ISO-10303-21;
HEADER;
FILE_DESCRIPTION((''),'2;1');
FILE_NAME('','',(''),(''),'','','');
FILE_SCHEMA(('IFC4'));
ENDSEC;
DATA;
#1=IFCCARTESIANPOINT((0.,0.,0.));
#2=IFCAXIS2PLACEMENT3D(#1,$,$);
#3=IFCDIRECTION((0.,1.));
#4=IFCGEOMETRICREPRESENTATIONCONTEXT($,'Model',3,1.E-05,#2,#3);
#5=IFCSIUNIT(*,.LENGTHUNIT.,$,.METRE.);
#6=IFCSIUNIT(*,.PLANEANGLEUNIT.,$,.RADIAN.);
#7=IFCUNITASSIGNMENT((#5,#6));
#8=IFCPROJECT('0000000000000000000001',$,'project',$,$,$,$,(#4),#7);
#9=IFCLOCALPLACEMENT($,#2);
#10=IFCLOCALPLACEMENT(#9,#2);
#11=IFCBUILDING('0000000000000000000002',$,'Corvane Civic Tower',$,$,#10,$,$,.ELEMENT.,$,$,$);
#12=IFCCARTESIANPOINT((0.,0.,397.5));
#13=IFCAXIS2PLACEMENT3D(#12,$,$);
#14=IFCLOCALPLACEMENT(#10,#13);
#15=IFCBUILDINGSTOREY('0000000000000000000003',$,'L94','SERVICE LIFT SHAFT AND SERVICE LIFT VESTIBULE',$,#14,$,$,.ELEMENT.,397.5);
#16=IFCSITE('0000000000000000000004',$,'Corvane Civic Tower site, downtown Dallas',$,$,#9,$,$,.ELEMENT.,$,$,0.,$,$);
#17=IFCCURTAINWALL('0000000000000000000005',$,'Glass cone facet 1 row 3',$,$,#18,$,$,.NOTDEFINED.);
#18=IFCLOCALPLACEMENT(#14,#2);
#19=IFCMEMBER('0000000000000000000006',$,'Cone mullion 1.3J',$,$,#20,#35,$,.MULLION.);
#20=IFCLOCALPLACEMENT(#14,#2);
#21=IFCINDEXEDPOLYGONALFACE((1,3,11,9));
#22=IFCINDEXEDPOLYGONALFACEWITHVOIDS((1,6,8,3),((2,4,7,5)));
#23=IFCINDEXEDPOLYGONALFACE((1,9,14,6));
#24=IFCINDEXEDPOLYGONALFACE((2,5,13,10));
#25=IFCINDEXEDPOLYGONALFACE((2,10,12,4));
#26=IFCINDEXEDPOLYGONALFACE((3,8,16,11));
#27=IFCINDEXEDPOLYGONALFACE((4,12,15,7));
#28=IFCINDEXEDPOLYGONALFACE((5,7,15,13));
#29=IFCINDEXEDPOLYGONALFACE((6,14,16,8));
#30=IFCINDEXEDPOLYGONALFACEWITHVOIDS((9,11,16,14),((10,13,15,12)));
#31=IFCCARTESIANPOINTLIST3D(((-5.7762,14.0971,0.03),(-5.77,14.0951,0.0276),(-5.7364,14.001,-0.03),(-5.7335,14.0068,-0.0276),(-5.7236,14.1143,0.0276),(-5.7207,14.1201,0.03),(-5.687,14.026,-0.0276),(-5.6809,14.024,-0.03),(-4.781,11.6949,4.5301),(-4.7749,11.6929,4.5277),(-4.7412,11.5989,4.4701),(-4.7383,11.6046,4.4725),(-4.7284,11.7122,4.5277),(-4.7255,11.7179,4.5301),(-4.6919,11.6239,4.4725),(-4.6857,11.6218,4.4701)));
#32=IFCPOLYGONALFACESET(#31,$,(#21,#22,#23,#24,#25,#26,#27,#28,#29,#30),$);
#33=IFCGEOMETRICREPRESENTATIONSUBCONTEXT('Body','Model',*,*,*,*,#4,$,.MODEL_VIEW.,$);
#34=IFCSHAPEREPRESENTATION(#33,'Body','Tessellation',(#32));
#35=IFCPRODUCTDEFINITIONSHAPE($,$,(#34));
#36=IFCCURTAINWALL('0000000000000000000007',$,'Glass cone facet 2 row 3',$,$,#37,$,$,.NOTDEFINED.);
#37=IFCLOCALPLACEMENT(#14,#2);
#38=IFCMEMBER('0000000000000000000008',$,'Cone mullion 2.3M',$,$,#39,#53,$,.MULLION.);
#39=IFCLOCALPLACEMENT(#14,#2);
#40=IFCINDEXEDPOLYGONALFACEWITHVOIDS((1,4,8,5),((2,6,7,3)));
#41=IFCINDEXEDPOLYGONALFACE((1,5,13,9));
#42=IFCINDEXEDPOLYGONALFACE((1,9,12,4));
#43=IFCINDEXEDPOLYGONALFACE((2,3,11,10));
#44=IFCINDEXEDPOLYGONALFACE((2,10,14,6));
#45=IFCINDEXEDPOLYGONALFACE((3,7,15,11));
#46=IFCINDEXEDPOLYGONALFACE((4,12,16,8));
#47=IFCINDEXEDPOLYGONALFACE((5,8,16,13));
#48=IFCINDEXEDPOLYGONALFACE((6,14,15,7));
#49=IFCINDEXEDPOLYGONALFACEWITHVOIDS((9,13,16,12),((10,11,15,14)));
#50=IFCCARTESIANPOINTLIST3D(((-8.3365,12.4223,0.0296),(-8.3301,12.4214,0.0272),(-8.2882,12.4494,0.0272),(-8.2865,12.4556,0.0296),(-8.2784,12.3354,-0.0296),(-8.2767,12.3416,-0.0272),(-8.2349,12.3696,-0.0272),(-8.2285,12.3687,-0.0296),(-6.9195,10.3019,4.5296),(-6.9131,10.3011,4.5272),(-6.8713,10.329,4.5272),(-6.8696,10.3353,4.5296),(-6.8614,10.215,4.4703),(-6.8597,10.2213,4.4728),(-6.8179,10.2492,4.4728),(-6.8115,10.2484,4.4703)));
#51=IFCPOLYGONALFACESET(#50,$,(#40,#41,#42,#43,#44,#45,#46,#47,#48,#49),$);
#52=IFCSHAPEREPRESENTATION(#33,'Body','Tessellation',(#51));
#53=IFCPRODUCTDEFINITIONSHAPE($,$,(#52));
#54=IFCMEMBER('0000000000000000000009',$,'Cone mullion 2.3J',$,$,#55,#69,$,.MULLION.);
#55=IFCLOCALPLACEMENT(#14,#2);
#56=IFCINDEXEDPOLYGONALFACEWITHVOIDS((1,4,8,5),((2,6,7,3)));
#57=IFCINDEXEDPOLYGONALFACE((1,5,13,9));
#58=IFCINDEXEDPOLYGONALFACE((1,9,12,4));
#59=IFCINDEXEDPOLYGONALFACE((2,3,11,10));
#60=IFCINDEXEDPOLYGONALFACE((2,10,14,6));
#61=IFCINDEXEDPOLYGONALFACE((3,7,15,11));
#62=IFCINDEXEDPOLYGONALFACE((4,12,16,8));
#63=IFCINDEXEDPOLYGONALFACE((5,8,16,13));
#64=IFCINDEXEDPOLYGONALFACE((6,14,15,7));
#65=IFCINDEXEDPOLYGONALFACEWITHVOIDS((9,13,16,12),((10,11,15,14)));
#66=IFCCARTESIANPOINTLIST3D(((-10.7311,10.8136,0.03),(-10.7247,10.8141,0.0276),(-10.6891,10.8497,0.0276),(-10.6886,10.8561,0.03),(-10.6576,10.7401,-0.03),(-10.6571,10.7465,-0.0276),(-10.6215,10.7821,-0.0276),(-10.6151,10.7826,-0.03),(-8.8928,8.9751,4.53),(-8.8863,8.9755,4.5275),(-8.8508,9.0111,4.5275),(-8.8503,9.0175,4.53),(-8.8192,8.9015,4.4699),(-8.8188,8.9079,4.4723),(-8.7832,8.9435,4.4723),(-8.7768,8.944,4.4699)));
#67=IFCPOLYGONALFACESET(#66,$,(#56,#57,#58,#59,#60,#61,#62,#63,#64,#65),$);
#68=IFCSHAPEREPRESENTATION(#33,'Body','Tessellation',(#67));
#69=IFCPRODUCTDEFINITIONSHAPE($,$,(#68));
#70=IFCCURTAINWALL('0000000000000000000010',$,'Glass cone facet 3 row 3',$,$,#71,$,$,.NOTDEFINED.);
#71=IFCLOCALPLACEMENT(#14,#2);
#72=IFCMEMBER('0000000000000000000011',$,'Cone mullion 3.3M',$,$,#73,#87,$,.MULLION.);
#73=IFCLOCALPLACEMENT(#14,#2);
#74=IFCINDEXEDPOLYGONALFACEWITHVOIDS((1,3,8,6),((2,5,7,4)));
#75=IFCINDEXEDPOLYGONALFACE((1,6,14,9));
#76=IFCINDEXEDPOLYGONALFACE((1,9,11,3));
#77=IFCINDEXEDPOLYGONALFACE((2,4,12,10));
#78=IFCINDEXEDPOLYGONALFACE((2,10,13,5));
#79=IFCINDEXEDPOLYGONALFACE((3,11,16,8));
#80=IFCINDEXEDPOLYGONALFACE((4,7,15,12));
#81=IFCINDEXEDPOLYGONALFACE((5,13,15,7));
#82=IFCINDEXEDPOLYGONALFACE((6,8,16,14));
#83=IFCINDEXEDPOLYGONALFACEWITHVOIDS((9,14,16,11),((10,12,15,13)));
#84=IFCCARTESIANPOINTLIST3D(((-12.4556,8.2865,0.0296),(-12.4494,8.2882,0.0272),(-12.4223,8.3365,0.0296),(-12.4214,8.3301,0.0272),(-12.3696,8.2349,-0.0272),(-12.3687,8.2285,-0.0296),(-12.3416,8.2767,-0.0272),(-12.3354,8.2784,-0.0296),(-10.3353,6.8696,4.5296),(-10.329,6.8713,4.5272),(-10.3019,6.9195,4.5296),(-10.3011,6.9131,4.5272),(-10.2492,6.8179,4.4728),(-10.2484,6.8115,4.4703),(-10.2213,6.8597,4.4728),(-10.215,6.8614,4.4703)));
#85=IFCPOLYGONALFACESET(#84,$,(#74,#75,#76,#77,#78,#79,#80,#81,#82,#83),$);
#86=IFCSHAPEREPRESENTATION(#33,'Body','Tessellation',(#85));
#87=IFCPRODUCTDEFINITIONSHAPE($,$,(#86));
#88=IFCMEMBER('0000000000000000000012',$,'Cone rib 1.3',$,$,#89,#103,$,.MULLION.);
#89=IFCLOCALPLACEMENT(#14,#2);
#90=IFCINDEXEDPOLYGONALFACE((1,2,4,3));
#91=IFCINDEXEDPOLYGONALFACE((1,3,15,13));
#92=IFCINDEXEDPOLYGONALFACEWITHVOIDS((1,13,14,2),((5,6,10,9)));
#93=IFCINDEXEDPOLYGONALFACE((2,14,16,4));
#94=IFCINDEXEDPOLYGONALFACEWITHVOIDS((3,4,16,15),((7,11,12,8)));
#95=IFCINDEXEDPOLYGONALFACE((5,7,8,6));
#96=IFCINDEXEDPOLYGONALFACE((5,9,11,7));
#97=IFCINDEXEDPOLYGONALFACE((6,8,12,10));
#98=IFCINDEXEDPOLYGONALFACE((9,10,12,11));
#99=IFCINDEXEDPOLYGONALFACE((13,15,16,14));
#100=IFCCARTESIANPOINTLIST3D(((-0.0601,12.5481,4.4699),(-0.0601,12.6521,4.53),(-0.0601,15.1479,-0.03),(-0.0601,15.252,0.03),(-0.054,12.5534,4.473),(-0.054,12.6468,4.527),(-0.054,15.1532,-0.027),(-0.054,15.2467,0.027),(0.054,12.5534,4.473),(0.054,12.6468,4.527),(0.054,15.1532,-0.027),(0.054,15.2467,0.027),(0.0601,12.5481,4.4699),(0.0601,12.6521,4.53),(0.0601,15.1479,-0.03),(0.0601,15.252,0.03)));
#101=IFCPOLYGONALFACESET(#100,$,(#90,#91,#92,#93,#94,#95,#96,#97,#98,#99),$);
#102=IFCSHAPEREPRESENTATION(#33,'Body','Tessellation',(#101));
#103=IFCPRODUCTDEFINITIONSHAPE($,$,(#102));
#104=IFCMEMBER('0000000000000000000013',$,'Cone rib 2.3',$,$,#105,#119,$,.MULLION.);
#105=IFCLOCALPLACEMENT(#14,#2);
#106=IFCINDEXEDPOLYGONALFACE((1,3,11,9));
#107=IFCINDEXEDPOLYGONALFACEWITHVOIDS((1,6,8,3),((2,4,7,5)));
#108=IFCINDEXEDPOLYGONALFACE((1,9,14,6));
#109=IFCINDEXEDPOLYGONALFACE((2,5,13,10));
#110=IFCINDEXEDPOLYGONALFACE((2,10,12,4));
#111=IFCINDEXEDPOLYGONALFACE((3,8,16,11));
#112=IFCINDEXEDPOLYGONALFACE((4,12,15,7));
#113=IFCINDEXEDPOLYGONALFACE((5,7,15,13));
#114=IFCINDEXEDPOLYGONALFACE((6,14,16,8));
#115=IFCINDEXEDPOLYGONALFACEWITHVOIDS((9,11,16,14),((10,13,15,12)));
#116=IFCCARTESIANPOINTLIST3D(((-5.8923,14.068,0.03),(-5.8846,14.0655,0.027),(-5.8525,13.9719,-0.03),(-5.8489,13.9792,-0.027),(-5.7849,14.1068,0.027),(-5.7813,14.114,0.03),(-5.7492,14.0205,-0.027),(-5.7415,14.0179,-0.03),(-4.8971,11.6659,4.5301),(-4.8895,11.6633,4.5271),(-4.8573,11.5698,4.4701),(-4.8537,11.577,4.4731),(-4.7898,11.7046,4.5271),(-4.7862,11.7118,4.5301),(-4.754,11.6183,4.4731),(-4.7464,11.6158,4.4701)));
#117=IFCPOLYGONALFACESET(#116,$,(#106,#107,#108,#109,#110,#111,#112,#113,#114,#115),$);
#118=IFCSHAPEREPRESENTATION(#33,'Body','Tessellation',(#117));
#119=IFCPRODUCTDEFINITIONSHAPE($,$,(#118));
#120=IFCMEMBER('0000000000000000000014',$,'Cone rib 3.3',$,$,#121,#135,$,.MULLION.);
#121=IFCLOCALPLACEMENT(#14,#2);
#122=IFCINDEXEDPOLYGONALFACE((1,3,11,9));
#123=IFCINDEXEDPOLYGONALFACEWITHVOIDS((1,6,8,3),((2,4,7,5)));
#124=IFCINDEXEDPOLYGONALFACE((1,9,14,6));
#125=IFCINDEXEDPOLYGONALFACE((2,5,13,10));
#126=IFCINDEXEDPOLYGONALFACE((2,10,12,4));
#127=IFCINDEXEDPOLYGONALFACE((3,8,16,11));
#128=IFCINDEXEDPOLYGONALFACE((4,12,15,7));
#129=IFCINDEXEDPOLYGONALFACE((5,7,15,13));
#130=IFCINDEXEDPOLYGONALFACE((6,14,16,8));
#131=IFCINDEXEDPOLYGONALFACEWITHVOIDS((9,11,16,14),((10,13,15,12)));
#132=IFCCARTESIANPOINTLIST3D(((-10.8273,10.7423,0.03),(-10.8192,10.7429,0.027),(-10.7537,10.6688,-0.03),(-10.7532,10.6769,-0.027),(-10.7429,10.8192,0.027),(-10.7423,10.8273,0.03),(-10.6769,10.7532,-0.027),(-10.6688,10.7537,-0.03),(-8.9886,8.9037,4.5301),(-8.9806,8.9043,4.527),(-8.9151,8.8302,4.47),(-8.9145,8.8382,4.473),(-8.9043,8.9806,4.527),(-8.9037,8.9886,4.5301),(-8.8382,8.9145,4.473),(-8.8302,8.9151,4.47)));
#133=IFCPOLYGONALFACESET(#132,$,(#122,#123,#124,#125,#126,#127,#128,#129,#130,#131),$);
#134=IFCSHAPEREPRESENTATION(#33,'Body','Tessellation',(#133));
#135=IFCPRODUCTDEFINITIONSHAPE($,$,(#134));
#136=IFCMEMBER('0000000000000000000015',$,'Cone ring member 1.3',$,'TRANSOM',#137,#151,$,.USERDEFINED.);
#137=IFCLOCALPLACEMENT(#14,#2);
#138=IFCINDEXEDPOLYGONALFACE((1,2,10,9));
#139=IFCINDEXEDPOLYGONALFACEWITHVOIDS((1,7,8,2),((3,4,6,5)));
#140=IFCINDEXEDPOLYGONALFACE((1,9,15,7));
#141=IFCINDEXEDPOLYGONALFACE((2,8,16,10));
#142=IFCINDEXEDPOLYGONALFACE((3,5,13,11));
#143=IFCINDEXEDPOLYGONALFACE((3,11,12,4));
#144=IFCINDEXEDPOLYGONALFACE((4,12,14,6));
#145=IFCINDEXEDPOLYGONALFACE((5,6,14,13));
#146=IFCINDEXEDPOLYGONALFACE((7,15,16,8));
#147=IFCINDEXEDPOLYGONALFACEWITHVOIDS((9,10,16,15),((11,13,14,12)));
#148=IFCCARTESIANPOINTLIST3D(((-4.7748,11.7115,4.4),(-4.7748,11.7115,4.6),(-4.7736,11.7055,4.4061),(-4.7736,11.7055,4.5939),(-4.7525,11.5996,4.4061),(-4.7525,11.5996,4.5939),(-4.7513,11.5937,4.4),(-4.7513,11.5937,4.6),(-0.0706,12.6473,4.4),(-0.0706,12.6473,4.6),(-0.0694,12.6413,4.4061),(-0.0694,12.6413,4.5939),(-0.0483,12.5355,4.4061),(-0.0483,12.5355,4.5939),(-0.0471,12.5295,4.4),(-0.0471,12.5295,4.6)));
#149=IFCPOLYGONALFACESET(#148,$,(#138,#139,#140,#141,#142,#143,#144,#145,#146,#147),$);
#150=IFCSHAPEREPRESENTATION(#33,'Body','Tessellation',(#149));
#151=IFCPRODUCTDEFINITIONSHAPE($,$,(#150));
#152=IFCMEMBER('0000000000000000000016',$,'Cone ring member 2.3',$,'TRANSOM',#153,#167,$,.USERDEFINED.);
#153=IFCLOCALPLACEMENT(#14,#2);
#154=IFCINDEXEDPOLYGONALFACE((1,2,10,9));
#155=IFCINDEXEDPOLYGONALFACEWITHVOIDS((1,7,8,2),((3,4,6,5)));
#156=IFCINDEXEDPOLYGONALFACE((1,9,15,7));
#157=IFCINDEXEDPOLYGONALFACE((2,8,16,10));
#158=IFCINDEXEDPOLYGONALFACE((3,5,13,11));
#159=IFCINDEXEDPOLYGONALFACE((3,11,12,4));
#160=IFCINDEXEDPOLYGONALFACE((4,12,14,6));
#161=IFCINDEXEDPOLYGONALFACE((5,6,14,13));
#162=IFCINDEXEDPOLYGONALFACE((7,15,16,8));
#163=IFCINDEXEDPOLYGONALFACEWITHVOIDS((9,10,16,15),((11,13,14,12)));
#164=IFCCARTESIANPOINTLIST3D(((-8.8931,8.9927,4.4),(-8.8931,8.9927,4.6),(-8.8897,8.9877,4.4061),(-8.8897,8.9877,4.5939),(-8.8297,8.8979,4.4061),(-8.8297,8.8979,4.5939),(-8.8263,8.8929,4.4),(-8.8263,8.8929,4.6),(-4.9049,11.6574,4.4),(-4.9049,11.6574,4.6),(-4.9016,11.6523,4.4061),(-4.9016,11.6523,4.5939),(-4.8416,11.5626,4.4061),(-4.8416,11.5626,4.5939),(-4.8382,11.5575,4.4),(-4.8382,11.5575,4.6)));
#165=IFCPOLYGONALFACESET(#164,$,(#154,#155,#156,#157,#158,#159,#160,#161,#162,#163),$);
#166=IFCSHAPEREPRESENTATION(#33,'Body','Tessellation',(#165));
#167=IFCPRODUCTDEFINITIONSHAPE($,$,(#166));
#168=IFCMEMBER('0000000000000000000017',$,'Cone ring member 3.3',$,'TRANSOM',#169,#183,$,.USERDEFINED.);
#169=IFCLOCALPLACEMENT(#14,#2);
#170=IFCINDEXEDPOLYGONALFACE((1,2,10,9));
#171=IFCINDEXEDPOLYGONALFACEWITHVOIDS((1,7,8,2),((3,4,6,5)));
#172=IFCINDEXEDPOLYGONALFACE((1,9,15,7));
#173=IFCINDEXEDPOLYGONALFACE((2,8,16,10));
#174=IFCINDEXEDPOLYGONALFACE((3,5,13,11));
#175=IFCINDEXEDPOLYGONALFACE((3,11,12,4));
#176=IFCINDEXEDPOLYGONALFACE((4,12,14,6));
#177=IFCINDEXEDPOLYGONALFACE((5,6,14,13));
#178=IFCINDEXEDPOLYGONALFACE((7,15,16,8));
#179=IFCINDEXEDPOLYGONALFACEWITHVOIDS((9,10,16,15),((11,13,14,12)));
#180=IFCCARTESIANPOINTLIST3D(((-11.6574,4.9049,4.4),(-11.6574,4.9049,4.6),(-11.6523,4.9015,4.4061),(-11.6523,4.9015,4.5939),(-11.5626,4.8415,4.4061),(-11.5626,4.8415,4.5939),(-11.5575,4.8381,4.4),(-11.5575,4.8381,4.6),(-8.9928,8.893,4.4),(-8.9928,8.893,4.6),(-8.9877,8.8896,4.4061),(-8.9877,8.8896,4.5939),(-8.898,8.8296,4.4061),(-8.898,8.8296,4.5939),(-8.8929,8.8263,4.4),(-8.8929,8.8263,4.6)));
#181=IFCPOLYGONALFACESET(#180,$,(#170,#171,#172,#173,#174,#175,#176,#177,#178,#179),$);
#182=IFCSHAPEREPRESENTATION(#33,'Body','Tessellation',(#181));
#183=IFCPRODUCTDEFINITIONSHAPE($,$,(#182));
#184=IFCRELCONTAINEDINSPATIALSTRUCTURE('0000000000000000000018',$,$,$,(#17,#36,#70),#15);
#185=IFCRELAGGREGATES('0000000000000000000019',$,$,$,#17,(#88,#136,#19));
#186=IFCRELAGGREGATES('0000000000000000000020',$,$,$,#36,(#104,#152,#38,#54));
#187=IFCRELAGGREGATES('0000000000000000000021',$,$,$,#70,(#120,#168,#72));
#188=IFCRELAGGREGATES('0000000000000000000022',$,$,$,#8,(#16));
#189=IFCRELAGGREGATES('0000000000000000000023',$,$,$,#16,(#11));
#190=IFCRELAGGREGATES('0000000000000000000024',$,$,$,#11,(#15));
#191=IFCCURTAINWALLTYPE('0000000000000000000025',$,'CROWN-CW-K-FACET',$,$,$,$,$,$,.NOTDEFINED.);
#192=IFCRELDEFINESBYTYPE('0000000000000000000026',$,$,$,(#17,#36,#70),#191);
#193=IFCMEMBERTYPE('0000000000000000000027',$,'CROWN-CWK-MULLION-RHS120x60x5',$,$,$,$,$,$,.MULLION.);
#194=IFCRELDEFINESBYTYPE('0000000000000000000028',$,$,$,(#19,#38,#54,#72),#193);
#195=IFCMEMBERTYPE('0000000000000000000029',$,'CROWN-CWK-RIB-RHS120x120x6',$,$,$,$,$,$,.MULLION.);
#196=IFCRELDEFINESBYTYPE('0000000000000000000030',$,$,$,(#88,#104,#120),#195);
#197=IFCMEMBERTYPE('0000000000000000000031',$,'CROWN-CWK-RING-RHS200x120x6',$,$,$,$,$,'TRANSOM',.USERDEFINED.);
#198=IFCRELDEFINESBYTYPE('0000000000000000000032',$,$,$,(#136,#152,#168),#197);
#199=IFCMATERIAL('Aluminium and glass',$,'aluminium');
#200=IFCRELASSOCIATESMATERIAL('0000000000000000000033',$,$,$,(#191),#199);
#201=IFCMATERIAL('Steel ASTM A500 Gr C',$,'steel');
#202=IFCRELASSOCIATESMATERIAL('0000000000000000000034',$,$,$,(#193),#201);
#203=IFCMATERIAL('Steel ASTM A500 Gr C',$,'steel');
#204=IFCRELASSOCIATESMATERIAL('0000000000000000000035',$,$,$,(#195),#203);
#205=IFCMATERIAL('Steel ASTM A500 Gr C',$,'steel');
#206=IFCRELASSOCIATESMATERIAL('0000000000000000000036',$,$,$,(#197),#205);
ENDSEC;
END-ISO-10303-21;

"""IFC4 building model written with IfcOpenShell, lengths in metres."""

from ifc_helpers import new_model, si_unit, direction, frame, origin, origin_2d, place, context, subcontext, project, spatial, hollow_rectangle, extrude, material, material_profile, profile_set, type_object, element, aggregate, save


model = new_model("IFC4")

# Units and contexts
model_context = context("Model", 3, precision=1e-05, world=origin(), true_north=direction((0.0, 1.0)))
body_context = subcontext(model_context, "Body", "Model", "MODEL_VIEW")
ifc_project = project(units=[si_unit("LENGTHUNIT", "METRE"), si_unit("PLANEANGLEUNIT", "RADIAN")], contexts=[model_context])

# Site, building, storey
site_placement = place(None, origin())
site = spatial("IfcSite", under=ifc_project, at=site_placement, Name="Corvane Civic Tower site, downtown Dallas", CompositionType="ELEMENT", RefElevation=0.0)
building_placement = place(site_placement, origin())
building = spatial("IfcBuilding", under=site, at=building_placement, Name="Corvane Civic Tower", CompositionType="ELEMENT")
storey_placement = place(building_placement, frame((0.0, 0.0, 397.5)))
storey = spatial("IfcBuildingStorey", under=building, at=storey_placement, Name="L94", Description="SERVICE LIFT SHAFT AND SERVICE LIFT VESTIBULE", CompositionType="ELEMENT", Elevation=397.5)

# Curtain walls, members
ifc_material_1 = material(Name="Aluminium and glass", Category="aluminium")
curtain_wall_type = type_object("IfcCurtainWallType", Name="CROWN-CW-K-FACET", PredefinedType="NOTDEFINED", material=ifc_material_1)
curtain_wall_1_placement = place(storey_placement, origin())
curtain_wall_1 = element("IfcCurtainWall", 1, at=curtain_wall_1_placement, inside=storey, type_object=curtain_wall_type, Name="Glass cone facet 1 row 3", PredefinedType="NOTDEFINED")
ifc_material_2 = material(Name="Steel ASTM A500 Gr C", Category="steel")
ifc_material_profile_1 = material_profile(ifc_material_2, hollow_rectangle(XDim=0.0601, YDim=0.1201, WallThickness=0.0049, at=origin_2d()), Name="RHS 120x60x5")
ifc_profile_set_1 = profile_set([ifc_material_profile_1], Name="Steel ASTM A500 Gr C")
member_type_1 = type_object("IfcMemberType", Name="CROWN-CWK-MULLION-RHS120x60x5", PredefinedType="MULLION", material=ifc_profile_set_1)
member_1_placement = place(storey_placement, frame((-5.7285, 14.0605, 0.0), z_axis=(0.191474, -0.462196, 0.86586), x_axis=(0.923861, 0.382728, 0.0)))
member_1 = element("IfcMember", 2, at=member_1_placement, type_object=member_type_1, Name="Cone mullion 1.3J", PredefinedType="MULLION", context=body_context, shape_type="SweptSolid", body=[
    extrude(hollow_rectangle(XDim=0.0601, YDim=0.1201, WallThickness=0.0049, at=origin_2d()), origin(), (0.0, 0.0, 1.0), 5.1973),
])
curtain_wall_2_placement = place(storey_placement, origin())
curtain_wall_2 = element("IfcCurtainWall", 3, at=curtain_wall_2_placement, inside=storey, type_object=curtain_wall_type, Name="Glass cone facet 2 row 3", PredefinedType="NOTDEFINED")
member_2_placement = place(storey_placement, frame((-8.2825, 12.3955, 0.0), z_axis=(0.273952, -0.409937, 0.870001), x_axis=(0.831431, 0.555628, 0.0)))
member_2 = element("IfcMember", 4, at=member_2_placement, type_object=member_type_1, Name="Cone mullion 2.3M", PredefinedType="MULLION", context=body_context, shape_type="SweptSolid", body=[
    extrude(hollow_rectangle(XDim=0.0601, YDim=0.1201, WallThickness=0.0049, at=origin_2d()), origin(), (0.0, 0.0, 1.0), 5.1724),
])
member_3_placement = place(storey_placement, frame((-10.6731, 10.7981, 0.0), z_axis=(0.35373, -0.353777, 0.865862), x_axis=(0.707154, 0.70706, 0.0)))
member_3 = element("IfcMember", 5, at=member_3_placement, type_object=member_type_1, Name="Cone mullion 2.3J", PredefinedType="MULLION", context=body_context, shape_type="SweptSolid", body=[
    extrude(hollow_rectangle(XDim=0.0601, YDim=0.1201, WallThickness=0.0049, at=origin_2d()), origin(), (0.0, 0.0, 1.0), 5.197),
])

# Curtain wall, member
curtain_wall_3_placement = place(storey_placement, origin())
curtain_wall_3 = element("IfcCurtainWall", 6, at=curtain_wall_3_placement, inside=storey, type_object=curtain_wall_type, Name="Glass cone facet 3 row 3", PredefinedType="NOTDEFINED")
member_4_placement = place(storey_placement, frame((-12.3955, 8.2825, 0.0), z_axis=(0.409937, -0.273952, 0.870001), x_axis=(0.555628, 0.831431, 0.0)))
member_4 = element("IfcMember", 7, at=member_4_placement, type_object=member_type_1, Name="Cone mullion 3.3M", PredefinedType="MULLION", context=body_context, shape_type="SweptSolid", body=[
    extrude(hollow_rectangle(XDim=0.0601, YDim=0.1201, WallThickness=0.0049, at=origin_2d()), origin(), (0.0, 0.0, 1.0), 5.1724),
])

# Members
ifc_material_3 = material(Name="Steel ASTM A500 Gr C", Category="steel")
ifc_material_profile_2 = material_profile(ifc_material_3, hollow_rectangle(XDim=0.1201, YDim=0.1201, WallThickness=0.0061, at=origin_2d()), Name="RHS 120x120x6")
ifc_profile_set_2 = profile_set([ifc_material_profile_2], Name="Steel ASTM A500 Gr C")
member_type_2 = type_object("IfcMemberType", Name="CROWN-CWK-RIB-RHS120x120x6", PredefinedType="MULLION", material=ifc_profile_set_2)
member_5_placement = place(storey_placement, frame((0.0, 15.2, 0.0), z_axis=(0.0, -0.500256, 0.865877), x_axis=(1.0, 0.0, 0.0)))
member_5 = element("IfcMember", 8, at=member_5_placement, type_object=member_type_2, Name="Cone rib 1.3", PredefinedType="MULLION", context=body_context, shape_type="SweptSolid", body=[
    extrude(hollow_rectangle(XDim=0.1201, YDim=0.1201, WallThickness=0.0061, at=origin_2d()), origin(), (0.0, 0.0, 1.0), 5.197),
])
member_6_placement = place(storey_placement, frame((-5.8169, 14.043, 0.0), z_axis=(0.191474, -0.462196, 0.86586), x_axis=(0.923861, 0.382728, 0.0)))
member_6 = element("IfcMember", 9, at=member_6_placement, type_object=member_type_2, Name="Cone rib 2.3", PredefinedType="MULLION", context=body_context, shape_type="SweptSolid", body=[
    extrude(hollow_rectangle(XDim=0.1201, YDim=0.1201, WallThickness=0.0061, at=origin_2d()), origin(), (0.0, 0.0, 1.0), 5.1973),
])
member_7_placement = place(storey_placement, frame((-10.748, 10.748, 0.0), z_axis=(0.353771, -0.353771, 0.865848), x_axis=(0.707107, 0.707107, 0.0)))
member_7 = element("IfcMember", 10, at=member_7_placement, type_object=member_type_2, Name="Cone rib 3.3", PredefinedType="MULLION", context=body_context, shape_type="SweptSolid", body=[
    extrude(hollow_rectangle(XDim=0.1201, YDim=0.1201, WallThickness=0.0061, at=origin_2d()), origin(), (0.0, 0.0, 1.0), 5.1973),
])
ifc_material_4 = material(Name="Steel ASTM A500 Gr C", Category="steel")
ifc_material_profile_3 = material_profile(ifc_material_4, hollow_rectangle(XDim=0.1201, YDim=0.2, WallThickness=0.0061, at=origin_2d()), Name="RHS 200x120x6")
ifc_profile_set_3 = profile_set([ifc_material_profile_3], Name="Steel ASTM A500 Gr C")
member_type_3 = type_object("IfcMemberType", Name="CROWN-CWK-RING-RHS200x120x6", ElementType="TRANSOM", PredefinedType="USERDEFINED", material=ifc_profile_set_3)
member_8_placement = place(storey_placement, frame((-0.0588, 12.5884, 4.5), z_axis=(-0.980782, -0.195108, 0.0), x_axis=(0.195108, -0.980782, 0.0)))
member_8 = element("IfcMember", 11, at=member_8_placement, type_object=member_type_3, Name="Cone ring member 1.3", ObjectType="TRANSOM", PredefinedType="USERDEFINED", context=body_context, shape_type="SweptSolid", body=[
    extrude(hollow_rectangle(XDim=0.1201, YDim=0.2, WallThickness=0.0061, at=origin_2d()), origin(), (0.0, 0.0, 1.0), 4.7964),
])
member_9_placement = place(storey_placement, frame((-4.8716, 11.6074, 4.5), z_axis=(-0.831486, -0.555546, 0.0), x_axis=(0.555546, -0.831486, 0.0)))
member_9 = element("IfcMember", 12, at=member_9_placement, type_object=member_type_3, Name="Cone ring member 2.3", ObjectType="TRANSOM", PredefinedType="USERDEFINED", context=body_context, shape_type="SweptSolid", body=[
    extrude(hollow_rectangle(XDim=0.1201, YDim=0.2, WallThickness=0.0061, at=origin_2d()), origin(), (0.0, 0.0, 1.0), 4.7964),
])
member_10_placement = place(storey_placement, frame((-8.9429, 8.8596, 4.5), z_axis=(-0.555546, -0.831486, 0.0), x_axis=(0.831486, -0.555546, 0.0)))
member_10 = element("IfcMember", 13, at=member_10_placement, type_object=member_type_3, Name="Cone ring member 3.3", ObjectType="TRANSOM", PredefinedType="USERDEFINED", context=body_context, shape_type="SweptSolid", body=[
    extrude(hollow_rectangle(XDim=0.1201, YDim=0.2, WallThickness=0.0061, at=origin_2d()), origin(), (0.0, 0.0, 1.0), 4.7964),
])

aggregate(curtain_wall_1, [member_5, member_8, member_1])
aggregate(curtain_wall_2, [member_6, member_9, member_2, member_3])
aggregate(curtain_wall_3, [member_7, member_10, member_4])

save(model, "model.ifc")
